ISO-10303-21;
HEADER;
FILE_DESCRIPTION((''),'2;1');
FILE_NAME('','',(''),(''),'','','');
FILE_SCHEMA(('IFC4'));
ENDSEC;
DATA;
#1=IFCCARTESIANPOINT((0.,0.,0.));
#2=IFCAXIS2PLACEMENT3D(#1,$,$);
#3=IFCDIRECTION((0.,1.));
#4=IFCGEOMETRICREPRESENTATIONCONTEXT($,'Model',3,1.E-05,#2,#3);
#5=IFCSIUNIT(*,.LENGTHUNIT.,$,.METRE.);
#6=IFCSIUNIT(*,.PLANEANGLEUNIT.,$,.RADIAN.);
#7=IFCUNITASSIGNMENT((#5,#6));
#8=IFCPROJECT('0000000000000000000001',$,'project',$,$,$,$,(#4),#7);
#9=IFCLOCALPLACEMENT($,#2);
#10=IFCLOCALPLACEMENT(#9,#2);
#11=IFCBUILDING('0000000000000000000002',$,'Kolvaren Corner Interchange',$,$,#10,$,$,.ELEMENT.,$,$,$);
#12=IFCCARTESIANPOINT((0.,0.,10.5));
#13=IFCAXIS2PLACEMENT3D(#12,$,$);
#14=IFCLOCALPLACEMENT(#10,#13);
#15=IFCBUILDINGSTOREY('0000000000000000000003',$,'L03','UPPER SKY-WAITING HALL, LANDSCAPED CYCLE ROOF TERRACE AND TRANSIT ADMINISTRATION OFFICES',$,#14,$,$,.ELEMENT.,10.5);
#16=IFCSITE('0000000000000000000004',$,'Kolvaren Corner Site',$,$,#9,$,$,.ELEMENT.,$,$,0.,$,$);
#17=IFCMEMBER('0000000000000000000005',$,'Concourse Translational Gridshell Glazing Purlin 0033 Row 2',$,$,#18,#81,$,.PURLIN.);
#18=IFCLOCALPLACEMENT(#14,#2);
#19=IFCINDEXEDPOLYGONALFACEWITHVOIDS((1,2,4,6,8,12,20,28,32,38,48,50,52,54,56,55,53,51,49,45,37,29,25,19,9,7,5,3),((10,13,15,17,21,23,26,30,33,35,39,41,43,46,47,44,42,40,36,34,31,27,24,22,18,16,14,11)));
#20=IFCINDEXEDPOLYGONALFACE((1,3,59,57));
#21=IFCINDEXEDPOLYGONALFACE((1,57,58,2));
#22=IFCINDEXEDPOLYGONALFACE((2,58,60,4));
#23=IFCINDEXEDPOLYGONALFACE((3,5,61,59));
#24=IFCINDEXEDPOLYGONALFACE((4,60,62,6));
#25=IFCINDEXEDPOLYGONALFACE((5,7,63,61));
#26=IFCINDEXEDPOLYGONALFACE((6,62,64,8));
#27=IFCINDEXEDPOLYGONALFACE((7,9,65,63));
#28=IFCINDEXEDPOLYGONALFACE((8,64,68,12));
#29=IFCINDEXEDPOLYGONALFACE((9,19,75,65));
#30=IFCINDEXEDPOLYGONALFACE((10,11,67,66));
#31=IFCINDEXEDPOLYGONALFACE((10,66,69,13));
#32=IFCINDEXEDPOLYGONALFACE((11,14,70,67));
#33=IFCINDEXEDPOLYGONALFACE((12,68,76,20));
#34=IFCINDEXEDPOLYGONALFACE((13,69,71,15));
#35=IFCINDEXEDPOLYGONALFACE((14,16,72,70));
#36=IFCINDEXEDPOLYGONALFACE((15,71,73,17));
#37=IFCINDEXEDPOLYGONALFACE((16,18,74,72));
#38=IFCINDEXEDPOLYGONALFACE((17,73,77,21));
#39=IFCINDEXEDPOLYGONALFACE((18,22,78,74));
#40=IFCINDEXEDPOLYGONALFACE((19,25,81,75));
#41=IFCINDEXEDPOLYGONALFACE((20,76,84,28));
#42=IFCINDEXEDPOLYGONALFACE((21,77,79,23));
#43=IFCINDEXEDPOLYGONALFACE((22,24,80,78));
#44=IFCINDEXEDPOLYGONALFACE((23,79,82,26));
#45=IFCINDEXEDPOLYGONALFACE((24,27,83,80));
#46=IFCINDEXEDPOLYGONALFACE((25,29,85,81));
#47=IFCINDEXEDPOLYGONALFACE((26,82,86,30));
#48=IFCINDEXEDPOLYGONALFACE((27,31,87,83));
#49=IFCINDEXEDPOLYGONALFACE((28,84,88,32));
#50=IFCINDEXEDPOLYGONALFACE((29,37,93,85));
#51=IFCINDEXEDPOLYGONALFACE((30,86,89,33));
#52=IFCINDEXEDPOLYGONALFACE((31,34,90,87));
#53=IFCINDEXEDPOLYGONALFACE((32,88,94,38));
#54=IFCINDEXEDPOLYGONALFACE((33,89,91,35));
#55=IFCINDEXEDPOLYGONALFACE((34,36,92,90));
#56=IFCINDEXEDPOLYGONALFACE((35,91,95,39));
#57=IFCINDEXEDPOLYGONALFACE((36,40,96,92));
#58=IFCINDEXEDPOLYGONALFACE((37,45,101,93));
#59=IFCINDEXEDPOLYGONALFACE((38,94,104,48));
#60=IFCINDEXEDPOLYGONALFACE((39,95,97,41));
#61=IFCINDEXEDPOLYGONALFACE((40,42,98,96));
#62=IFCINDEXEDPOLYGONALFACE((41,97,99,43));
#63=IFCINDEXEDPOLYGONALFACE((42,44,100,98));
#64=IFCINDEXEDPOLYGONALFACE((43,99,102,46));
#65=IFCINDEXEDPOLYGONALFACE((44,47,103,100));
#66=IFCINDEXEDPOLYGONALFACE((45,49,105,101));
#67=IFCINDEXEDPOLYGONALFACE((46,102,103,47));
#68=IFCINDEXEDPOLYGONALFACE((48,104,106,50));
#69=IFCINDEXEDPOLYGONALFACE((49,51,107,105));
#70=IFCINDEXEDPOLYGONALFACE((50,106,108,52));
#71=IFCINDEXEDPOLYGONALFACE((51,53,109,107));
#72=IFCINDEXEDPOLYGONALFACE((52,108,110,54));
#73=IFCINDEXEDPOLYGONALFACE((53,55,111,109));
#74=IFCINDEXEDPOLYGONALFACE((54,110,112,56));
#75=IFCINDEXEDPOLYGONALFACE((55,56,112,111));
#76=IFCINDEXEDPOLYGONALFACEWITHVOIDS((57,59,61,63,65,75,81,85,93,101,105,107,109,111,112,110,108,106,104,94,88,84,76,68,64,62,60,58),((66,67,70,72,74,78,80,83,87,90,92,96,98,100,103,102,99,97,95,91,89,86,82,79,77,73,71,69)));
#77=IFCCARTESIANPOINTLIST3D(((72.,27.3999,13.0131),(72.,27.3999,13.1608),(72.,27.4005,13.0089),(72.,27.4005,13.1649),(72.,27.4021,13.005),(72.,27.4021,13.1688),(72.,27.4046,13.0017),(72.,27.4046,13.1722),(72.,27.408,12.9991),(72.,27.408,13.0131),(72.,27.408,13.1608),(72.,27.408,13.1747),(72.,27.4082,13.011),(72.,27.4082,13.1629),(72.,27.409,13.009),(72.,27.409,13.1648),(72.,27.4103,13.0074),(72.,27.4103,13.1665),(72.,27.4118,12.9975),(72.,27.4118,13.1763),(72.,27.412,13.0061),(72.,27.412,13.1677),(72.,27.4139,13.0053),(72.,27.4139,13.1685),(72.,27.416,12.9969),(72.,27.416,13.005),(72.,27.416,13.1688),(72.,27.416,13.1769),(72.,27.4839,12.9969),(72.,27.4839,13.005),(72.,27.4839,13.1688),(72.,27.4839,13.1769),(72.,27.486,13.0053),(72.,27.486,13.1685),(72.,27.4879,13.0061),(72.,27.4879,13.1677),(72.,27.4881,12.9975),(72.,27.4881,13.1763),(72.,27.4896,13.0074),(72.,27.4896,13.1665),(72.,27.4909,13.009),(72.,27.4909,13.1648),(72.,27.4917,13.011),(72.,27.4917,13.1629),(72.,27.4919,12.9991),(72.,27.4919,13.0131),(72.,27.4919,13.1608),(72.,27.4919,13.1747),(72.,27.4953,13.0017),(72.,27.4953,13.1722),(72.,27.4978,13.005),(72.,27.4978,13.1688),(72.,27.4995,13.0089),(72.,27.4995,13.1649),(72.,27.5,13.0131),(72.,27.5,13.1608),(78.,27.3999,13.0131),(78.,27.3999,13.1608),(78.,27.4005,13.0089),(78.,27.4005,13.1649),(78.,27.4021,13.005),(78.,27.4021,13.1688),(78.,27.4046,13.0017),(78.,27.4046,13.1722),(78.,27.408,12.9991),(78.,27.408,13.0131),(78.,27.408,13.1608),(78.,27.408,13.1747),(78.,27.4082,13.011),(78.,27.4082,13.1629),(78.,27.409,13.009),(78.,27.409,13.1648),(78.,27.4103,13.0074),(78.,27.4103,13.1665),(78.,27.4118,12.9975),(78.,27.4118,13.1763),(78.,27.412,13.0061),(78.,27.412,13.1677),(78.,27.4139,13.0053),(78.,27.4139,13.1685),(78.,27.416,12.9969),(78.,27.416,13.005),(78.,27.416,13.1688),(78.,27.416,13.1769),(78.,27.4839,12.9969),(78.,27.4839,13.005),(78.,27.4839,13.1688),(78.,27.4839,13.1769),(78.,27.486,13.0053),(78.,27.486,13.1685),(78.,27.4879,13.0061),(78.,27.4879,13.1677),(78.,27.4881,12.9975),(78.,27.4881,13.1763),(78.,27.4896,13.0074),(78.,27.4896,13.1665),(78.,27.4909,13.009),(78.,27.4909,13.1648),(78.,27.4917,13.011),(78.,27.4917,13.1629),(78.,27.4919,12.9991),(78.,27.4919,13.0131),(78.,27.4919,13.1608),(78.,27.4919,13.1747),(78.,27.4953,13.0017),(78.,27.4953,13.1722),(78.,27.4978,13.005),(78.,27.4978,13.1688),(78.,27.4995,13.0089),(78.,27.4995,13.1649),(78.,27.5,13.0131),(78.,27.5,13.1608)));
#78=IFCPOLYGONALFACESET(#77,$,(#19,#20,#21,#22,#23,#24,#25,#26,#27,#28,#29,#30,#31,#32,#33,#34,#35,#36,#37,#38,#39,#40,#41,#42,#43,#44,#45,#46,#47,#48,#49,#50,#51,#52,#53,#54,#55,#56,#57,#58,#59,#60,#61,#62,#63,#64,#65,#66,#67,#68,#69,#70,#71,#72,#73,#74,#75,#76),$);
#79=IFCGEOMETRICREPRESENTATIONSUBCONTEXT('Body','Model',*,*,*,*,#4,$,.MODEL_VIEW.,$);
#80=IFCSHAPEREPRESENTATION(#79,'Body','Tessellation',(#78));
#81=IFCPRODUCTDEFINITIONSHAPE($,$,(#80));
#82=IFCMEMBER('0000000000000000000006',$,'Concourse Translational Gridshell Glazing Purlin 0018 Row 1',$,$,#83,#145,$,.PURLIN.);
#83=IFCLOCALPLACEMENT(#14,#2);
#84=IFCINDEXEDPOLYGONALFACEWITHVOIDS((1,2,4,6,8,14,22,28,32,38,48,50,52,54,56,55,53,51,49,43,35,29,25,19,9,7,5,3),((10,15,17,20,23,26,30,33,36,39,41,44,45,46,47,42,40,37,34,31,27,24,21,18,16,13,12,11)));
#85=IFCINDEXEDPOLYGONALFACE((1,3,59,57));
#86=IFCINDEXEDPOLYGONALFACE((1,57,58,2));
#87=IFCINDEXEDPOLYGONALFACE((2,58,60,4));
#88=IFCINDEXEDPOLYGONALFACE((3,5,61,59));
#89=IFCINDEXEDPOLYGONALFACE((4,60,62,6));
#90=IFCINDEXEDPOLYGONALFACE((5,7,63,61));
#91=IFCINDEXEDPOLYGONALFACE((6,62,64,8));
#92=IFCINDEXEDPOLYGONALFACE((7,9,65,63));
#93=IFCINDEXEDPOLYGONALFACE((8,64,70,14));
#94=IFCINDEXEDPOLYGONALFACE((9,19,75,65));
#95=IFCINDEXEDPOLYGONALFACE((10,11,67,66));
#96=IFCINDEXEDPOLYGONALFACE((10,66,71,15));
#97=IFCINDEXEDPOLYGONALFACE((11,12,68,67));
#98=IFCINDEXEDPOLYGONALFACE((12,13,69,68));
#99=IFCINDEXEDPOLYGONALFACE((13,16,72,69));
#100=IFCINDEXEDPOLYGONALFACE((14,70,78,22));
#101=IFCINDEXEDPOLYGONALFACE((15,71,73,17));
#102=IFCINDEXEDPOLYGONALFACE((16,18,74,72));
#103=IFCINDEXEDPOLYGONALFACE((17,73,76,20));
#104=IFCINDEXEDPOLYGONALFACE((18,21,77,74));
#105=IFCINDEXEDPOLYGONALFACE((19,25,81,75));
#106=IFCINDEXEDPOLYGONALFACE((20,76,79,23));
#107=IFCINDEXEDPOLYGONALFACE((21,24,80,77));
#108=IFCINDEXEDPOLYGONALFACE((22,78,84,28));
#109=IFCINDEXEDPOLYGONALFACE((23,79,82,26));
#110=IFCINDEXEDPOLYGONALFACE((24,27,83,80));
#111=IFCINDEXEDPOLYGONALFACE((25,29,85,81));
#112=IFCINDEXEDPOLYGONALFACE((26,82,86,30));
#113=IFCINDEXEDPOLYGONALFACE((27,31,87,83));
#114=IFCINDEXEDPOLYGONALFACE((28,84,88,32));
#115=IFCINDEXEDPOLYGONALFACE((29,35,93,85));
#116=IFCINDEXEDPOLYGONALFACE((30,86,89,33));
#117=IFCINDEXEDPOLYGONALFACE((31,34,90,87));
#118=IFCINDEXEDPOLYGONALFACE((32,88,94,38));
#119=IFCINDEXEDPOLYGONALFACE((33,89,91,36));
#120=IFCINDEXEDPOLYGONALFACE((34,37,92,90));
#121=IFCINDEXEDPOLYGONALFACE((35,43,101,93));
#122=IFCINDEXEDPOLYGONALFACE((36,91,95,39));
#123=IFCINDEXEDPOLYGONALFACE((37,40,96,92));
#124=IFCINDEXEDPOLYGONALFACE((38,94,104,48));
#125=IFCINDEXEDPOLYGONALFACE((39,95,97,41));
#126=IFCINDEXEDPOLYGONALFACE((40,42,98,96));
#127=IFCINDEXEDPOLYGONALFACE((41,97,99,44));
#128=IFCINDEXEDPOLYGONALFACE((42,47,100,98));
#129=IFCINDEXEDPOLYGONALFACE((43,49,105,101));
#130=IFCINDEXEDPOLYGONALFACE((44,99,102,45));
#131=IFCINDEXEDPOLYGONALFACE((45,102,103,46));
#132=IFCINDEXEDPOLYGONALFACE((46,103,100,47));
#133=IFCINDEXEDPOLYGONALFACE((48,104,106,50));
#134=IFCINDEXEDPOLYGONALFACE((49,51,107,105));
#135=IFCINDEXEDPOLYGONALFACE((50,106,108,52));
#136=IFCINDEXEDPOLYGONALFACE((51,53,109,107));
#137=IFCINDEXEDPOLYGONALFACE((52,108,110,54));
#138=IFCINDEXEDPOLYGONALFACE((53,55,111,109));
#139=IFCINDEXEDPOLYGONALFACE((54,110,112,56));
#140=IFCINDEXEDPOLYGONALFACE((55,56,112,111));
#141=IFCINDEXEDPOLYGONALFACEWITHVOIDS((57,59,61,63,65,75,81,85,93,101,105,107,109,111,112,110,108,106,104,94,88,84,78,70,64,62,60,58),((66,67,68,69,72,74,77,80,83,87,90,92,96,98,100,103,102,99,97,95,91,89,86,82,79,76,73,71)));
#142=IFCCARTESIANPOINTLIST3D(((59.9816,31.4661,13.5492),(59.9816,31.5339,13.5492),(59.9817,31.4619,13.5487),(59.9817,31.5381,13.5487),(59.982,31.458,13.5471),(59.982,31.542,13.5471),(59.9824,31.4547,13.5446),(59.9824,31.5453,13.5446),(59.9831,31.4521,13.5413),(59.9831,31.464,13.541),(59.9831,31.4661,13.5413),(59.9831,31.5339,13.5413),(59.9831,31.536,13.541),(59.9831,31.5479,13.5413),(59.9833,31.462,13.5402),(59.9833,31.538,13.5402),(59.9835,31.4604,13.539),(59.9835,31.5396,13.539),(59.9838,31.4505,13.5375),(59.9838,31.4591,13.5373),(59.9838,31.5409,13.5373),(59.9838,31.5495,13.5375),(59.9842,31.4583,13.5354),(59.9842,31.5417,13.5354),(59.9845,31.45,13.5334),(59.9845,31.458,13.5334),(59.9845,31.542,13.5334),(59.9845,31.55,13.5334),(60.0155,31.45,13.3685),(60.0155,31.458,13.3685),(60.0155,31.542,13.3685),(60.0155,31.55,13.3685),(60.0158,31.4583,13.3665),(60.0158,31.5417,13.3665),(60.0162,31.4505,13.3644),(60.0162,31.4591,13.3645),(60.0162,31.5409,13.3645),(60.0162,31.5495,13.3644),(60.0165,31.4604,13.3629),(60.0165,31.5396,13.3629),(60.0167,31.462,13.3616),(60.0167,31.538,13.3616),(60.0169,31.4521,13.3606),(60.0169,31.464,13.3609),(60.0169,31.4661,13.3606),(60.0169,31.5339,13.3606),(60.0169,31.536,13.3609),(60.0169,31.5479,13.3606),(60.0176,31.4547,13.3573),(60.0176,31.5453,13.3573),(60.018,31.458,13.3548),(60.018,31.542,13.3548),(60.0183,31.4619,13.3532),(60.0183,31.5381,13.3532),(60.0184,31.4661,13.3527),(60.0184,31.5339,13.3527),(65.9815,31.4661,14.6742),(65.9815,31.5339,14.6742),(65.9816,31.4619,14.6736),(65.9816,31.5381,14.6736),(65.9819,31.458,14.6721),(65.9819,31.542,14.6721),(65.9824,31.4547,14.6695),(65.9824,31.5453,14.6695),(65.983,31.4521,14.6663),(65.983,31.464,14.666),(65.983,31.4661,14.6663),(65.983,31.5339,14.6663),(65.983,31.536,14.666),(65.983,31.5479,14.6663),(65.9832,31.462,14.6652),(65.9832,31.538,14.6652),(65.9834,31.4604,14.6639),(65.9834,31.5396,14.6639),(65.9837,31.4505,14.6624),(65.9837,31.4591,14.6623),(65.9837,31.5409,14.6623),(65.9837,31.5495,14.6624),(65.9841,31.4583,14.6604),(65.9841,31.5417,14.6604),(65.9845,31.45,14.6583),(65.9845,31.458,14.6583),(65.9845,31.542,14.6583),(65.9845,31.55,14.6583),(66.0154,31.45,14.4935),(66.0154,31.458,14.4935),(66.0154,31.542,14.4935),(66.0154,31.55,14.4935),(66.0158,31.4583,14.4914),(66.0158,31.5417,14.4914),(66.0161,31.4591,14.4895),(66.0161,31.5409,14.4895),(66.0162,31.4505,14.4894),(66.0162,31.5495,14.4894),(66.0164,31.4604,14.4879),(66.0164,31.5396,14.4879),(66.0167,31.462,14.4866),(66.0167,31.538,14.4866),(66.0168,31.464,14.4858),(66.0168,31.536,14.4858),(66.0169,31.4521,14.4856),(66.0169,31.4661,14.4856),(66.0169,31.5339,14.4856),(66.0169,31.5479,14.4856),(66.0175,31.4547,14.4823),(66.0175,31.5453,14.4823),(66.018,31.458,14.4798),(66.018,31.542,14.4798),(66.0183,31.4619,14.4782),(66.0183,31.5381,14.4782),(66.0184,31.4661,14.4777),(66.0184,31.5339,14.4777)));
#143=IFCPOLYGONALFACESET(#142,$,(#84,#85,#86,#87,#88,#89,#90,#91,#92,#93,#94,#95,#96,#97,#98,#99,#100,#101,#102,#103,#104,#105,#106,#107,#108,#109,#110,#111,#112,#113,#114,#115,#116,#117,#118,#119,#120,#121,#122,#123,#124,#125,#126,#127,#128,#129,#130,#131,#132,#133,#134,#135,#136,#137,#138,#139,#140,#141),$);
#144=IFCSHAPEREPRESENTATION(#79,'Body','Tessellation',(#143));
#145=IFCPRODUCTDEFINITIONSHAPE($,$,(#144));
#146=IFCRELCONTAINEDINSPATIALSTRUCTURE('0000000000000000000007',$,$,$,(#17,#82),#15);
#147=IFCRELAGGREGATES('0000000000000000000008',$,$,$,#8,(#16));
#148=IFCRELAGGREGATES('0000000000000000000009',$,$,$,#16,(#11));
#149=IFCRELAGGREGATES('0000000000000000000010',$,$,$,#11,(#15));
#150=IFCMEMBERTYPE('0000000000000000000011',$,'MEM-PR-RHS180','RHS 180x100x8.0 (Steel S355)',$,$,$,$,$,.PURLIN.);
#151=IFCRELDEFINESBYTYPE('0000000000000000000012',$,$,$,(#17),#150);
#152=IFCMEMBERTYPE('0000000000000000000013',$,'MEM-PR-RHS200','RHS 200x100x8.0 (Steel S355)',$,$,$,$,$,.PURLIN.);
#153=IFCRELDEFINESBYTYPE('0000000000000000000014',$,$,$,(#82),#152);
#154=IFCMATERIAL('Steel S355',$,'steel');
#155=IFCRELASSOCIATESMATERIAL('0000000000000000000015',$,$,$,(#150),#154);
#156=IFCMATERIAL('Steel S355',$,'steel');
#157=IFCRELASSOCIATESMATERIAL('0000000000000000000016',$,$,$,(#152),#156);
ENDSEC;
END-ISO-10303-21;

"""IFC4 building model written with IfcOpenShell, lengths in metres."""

from ifc_helpers import new_model, si_unit, direction, frame, origin, origin_2d, place, context, subcontext, project, spatial, hollow_rectangle, extrude, material, material_profile, profile_set, type_object, element, save


model = new_model("IFC4")

# Units and contexts
model_context = context("Model", 3, precision=1e-05, world=origin(), true_north=direction((0.0, 1.0)))
body_context = subcontext(model_context, "Body", "Model", "MODEL_VIEW")
ifc_project = project(units=[si_unit("LENGTHUNIT", "METRE"), si_unit("PLANEANGLEUNIT", "RADIAN")], contexts=[model_context])

# Site, building, storey
site_placement = place(None, origin())
site = spatial("IfcSite", under=ifc_project, at=site_placement, Name="Kolvaren Corner Site", CompositionType="ELEMENT", RefElevation=0.0)
building_placement = place(site_placement, origin())
building = spatial("IfcBuilding", under=site, at=building_placement, Name="Kolvaren Corner Interchange", CompositionType="ELEMENT")
storey_placement = place(building_placement, frame((0.0, 0.0, 10.5)))
storey = spatial("IfcBuildingStorey", under=building, at=storey_placement, Name="L03", Description="UPPER SKY-WAITING HALL, LANDSCAPED CYCLE ROOF TERRACE AND TRANSIT ADMINISTRATION OFFICES", CompositionType="ELEMENT", Elevation=10.5)

# Members
ifc_material_1 = material(Name="Steel S355", Category="steel")
ifc_material_profile_1 = material_profile(ifc_material_1, hollow_rectangle(XDim=0.1001, YDim=0.1799, WallThickness=0.0081, InnerFilletRadius=0.0081, OuterFilletRadius=0.0161, at=origin_2d()), Name="RHS 180x100x8.0")
ifc_profile_set_1 = profile_set([ifc_material_profile_1], Name="Steel S355")
member_type_1 = type_object("IfcMemberType", Name="MEM-PR-RHS180", Description="RHS 180x100x8.0 (Steel S355)", PredefinedType="PURLIN", material=ifc_profile_set_1)
member_1_placement = place(storey_placement, frame((72.0, 27.45, 13.0869), z_axis=(1.0, 0.0, 0.0), x_axis=(0.0, 1.0, 0.0)))
element("IfcMember", 1, at=member_1_placement, inside=storey, type_object=member_type_1, Name="Concourse Translational Gridshell Glazing Purlin 0033 Row 2", PredefinedType="PURLIN", context=body_context, shape_type="SweptSolid", body=[
    extrude(hollow_rectangle(XDim=0.1001, YDim=0.1799, WallThickness=0.0081, InnerFilletRadius=0.0081, OuterFilletRadius=0.0161, at=origin_2d()), origin(), (0.0, 0.0, 1.0), 6.0),
])
ifc_material_2 = material(Name="Steel S355", Category="steel")
ifc_material_profile_2 = material_profile(ifc_material_2, hollow_rectangle(XDim=0.1001, YDim=0.2, WallThickness=0.0081, InnerFilletRadius=0.0081, OuterFilletRadius=0.0161, at=origin_2d()), Name="RHS 200x100x8.0")
ifc_profile_set_2 = profile_set([ifc_material_profile_2], Name="Steel S355")
member_type_2 = type_object("IfcMemberType", Name="MEM-PR-RHS200", Description="RHS 200x100x8.0 (Steel S355)", PredefinedType="PURLIN", material=ifc_profile_set_2)
for number, where, z_axis, x_axis, name in (
    (2, (60.0, 31.5, 13.4509), (0.982872, 0.0, 0.184289), (0.0, 1.0, 0.0), "Concourse Translational Gridshell Glazing Purlin 0018 Row 1"),
):
    element("IfcMember", number, at=place(storey_placement, frame(where, z_axis=z_axis, x_axis=x_axis)), inside=storey, type_object=member_type_2, Name=name, PredefinedType="PURLIN", context=body_context, shape_type="SweptSolid", body=[
        extrude(hollow_rectangle(XDim=0.1001, YDim=0.2, WallThickness=0.0081, InnerFilletRadius=0.0081, OuterFilletRadius=0.0161, at=origin_2d()), origin(), (0.0, 0.0, 1.0), 6.1045),
    ])

save(model, "model.ifc")
